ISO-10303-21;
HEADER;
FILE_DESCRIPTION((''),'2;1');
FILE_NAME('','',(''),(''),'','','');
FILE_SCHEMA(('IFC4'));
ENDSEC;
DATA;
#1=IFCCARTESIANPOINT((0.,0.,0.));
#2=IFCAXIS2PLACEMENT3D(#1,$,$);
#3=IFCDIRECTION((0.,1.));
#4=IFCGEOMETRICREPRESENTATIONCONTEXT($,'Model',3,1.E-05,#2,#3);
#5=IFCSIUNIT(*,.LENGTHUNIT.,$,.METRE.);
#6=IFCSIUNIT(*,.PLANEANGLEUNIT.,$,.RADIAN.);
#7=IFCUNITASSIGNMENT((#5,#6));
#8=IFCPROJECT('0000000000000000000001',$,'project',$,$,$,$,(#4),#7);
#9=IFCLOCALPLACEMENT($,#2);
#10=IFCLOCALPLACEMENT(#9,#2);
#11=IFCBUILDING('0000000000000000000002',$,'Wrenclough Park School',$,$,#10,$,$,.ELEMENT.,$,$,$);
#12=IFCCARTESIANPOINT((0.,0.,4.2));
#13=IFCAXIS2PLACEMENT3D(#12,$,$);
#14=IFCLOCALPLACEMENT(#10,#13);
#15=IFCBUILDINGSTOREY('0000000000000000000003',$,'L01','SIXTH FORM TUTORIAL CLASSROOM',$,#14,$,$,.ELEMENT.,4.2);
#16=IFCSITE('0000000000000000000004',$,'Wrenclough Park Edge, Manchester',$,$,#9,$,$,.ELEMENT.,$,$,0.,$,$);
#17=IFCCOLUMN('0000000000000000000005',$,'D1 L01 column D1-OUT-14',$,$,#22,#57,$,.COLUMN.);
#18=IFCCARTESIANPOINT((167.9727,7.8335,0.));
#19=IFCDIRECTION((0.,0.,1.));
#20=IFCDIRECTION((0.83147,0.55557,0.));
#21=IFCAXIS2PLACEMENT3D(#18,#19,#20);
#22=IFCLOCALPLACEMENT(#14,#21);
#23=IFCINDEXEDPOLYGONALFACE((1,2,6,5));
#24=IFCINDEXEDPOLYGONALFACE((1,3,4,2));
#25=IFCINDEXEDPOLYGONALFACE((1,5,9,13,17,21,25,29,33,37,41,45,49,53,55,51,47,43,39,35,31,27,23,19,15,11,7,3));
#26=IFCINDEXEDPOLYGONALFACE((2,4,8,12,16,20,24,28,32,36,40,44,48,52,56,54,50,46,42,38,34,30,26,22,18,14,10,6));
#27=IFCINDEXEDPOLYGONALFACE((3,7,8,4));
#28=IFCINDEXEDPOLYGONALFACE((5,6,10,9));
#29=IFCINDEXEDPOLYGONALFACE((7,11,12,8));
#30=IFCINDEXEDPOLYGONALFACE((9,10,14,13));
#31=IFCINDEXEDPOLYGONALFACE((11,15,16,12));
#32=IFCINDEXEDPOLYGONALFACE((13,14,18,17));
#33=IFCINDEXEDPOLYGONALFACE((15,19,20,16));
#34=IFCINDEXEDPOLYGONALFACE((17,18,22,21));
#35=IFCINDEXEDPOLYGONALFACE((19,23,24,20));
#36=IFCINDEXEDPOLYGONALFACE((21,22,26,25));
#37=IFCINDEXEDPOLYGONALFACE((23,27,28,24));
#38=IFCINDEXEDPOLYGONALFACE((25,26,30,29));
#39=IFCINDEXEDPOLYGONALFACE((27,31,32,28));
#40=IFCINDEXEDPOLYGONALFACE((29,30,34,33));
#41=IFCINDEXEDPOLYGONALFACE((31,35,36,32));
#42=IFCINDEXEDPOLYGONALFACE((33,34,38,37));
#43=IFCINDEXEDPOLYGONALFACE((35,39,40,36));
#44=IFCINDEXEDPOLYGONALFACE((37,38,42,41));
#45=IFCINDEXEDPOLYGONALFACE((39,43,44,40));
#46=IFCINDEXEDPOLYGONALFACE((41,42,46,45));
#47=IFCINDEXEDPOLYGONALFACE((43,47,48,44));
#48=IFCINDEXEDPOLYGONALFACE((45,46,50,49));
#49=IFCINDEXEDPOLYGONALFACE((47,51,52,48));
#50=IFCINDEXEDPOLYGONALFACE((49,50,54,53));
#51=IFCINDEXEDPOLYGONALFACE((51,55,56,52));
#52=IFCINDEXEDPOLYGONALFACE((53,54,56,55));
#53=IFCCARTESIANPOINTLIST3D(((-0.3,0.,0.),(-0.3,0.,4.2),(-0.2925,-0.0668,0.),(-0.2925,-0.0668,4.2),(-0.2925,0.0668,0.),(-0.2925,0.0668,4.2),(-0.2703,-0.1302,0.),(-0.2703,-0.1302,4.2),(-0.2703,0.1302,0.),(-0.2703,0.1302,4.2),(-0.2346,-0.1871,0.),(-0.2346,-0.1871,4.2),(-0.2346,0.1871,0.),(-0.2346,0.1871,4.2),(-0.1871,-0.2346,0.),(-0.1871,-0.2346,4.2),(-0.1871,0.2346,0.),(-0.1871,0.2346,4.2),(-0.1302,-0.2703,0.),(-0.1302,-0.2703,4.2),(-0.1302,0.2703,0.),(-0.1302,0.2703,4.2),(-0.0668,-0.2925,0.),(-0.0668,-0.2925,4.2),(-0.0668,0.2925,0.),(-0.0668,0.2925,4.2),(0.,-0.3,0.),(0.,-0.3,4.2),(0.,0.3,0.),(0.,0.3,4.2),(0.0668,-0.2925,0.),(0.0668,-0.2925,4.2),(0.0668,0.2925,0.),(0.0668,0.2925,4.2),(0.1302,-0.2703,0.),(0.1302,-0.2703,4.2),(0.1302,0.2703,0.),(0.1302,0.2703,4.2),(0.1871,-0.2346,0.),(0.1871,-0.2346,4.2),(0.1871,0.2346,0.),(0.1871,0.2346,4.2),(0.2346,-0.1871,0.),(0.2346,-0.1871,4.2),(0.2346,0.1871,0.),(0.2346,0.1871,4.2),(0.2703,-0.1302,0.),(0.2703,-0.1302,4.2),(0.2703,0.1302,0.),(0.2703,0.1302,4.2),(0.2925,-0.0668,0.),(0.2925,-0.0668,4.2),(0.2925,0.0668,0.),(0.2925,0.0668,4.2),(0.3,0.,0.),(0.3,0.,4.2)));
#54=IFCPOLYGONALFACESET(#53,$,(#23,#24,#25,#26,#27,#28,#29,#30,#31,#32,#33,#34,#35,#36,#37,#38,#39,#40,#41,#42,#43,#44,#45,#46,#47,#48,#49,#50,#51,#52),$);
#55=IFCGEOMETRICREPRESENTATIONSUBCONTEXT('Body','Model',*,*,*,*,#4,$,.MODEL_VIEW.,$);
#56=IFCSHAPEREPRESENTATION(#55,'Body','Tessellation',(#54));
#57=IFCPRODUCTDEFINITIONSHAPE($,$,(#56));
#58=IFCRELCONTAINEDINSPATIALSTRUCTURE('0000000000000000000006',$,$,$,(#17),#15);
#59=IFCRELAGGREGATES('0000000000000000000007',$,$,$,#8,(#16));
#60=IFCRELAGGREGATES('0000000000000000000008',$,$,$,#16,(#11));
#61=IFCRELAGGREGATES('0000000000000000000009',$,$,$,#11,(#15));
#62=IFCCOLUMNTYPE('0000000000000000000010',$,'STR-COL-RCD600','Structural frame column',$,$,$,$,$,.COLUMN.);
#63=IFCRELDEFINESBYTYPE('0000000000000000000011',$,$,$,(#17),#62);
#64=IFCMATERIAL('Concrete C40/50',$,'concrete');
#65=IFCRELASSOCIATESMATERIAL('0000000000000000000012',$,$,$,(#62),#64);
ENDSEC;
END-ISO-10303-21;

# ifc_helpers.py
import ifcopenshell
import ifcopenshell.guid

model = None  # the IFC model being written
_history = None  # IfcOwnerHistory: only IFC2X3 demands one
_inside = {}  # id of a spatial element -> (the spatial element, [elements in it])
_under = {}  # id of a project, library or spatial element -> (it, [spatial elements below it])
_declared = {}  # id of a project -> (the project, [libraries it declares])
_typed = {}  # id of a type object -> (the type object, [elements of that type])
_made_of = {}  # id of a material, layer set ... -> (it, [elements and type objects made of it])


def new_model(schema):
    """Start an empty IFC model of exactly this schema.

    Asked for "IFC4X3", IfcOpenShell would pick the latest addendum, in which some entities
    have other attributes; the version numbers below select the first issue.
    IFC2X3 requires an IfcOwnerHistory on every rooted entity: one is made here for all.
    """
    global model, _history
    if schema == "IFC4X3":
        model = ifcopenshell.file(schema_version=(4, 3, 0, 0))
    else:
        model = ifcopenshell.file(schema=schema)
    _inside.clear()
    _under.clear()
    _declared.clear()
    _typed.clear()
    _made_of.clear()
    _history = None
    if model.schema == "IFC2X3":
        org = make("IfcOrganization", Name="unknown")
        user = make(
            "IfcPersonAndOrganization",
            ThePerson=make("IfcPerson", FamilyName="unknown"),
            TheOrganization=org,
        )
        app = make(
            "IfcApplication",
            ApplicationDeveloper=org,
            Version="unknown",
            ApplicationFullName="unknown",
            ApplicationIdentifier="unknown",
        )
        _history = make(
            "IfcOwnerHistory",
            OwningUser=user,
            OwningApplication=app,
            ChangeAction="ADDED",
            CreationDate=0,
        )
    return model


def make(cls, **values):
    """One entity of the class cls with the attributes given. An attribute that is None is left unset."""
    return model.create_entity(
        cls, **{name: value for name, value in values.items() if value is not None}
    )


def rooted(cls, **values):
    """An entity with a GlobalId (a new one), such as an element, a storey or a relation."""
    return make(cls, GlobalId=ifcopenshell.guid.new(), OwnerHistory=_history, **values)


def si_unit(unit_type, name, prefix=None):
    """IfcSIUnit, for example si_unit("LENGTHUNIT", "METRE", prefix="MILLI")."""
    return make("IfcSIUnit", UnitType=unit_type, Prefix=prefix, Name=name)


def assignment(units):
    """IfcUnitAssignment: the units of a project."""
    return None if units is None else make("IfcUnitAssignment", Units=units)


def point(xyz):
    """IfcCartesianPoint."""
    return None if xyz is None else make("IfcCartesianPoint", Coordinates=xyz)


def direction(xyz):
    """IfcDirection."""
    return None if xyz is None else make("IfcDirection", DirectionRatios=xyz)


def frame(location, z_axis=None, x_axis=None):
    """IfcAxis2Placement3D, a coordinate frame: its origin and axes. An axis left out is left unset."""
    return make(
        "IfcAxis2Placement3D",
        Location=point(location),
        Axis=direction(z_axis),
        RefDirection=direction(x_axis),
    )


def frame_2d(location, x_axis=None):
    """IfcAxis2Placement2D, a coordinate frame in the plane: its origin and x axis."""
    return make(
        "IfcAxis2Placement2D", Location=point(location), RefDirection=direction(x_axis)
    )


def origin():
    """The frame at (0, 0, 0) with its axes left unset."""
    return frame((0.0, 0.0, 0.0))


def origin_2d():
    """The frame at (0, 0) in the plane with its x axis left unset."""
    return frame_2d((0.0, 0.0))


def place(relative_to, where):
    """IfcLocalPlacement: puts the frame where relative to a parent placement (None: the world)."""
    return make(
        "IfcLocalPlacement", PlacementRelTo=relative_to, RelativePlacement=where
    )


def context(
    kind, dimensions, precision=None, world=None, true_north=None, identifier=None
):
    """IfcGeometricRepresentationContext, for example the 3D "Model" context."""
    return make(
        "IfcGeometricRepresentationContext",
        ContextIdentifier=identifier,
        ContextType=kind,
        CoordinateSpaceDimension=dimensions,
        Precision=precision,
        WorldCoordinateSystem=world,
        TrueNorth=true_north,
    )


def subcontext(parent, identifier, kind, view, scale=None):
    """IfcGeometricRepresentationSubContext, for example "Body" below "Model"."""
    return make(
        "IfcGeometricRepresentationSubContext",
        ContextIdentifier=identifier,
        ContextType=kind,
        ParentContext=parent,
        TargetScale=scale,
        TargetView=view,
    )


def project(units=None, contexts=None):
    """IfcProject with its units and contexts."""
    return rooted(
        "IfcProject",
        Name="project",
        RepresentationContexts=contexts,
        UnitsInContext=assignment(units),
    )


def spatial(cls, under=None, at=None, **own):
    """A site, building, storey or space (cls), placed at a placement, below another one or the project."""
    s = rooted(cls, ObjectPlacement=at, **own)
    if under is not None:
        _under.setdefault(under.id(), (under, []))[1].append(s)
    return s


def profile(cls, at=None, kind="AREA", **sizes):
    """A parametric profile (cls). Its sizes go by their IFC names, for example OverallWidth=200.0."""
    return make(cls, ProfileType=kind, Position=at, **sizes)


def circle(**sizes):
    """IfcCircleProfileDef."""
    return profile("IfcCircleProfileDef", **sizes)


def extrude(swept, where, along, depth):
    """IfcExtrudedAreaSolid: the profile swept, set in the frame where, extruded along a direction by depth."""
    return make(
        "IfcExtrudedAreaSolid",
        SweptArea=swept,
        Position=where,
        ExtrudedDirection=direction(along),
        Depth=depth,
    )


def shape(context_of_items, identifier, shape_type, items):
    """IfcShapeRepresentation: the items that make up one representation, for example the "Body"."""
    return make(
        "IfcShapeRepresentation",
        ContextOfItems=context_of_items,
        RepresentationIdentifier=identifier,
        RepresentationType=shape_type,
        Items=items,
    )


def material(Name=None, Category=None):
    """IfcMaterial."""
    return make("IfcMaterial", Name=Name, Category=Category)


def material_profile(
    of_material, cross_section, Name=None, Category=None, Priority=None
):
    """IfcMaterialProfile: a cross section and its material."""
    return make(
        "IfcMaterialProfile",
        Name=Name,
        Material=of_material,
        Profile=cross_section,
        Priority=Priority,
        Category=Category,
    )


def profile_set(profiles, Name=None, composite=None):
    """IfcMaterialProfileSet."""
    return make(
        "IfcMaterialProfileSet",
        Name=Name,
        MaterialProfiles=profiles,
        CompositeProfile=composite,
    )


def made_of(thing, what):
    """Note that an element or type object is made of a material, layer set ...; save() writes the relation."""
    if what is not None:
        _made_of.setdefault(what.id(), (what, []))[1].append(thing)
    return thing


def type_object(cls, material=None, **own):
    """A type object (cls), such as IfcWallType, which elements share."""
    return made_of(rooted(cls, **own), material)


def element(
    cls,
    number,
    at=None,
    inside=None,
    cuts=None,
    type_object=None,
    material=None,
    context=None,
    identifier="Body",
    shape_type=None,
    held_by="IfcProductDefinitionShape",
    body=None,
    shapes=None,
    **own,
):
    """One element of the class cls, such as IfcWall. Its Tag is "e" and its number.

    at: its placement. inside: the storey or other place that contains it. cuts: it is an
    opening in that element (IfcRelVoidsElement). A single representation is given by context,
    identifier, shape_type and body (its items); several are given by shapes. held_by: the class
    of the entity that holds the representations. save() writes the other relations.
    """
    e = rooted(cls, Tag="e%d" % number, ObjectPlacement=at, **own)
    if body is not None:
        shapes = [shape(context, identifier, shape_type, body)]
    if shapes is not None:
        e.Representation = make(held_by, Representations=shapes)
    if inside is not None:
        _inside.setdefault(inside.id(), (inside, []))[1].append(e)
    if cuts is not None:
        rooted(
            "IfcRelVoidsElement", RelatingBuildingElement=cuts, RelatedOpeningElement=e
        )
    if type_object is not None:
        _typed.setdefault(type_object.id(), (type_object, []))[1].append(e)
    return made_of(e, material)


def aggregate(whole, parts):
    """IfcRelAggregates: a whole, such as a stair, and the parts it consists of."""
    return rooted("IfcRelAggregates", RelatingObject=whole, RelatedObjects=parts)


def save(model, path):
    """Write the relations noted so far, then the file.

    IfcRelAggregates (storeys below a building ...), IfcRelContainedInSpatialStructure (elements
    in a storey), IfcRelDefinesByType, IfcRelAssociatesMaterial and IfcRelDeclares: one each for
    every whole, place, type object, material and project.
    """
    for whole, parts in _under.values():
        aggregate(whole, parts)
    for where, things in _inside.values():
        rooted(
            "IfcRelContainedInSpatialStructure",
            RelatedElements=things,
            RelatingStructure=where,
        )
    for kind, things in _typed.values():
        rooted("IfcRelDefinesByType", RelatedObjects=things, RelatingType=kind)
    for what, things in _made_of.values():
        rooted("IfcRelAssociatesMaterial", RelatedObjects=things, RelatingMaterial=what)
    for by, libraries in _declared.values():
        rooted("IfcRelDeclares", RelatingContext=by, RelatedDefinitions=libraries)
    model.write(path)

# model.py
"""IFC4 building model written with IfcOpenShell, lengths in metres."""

from ifc_helpers import new_model, si_unit, direction, frame, origin, origin_2d, place, context, subcontext, project, spatial, circle, extrude, material, material_profile, profile_set, type_object, element, save


model = new_model("IFC4")

# Units and contexts
model_context = context("Model", 3, precision=1e-05, world=origin(), true_north=direction((0.0, 1.0)))
body_context = subcontext(model_context, "Body", "Model", "MODEL_VIEW")
ifc_project = project(units=[si_unit("LENGTHUNIT", "METRE"), si_unit("PLANEANGLEUNIT", "RADIAN")], contexts=[model_context])

# Site, building, storey
site_placement = place(None, origin())
site = spatial("IfcSite", under=ifc_project, at=site_placement, Name="Wrenclough Park Edge, Manchester", CompositionType="ELEMENT", RefElevation=0.0)
building_placement = place(site_placement, origin())
building = spatial("IfcBuilding", under=site, at=building_placement, Name="Wrenclough Park School", CompositionType="ELEMENT")
storey_placement = place(building_placement, frame((0.0, 0.0, 4.2)))
storey = spatial("IfcBuildingStorey", under=building, at=storey_placement, Name="L01", Description="SIXTH FORM TUTORIAL CLASSROOM", CompositionType="ELEMENT", Elevation=4.2)

# Column
ifc_material_1 = material(Name="Concrete C40/50", Category="concrete")
ifc_material_profile_1 = material_profile(ifc_material_1, circle(Radius=0.3, at=origin_2d()), Name="RC COL D600")
ifc_profile_set_1 = profile_set([ifc_material_profile_1], Name="Concrete C40/50")
column_type = type_object("IfcColumnType", Name="STR-COL-RCD600", Description="Structural frame column", PredefinedType="COLUMN", material=ifc_profile_set_1)
column_placement = place(storey_placement, frame((167.9727, 7.8335, 0.0), z_axis=(0.0, 0.0, 1.0), x_axis=(0.83147, 0.55557, 0.0)))
element("IfcColumn", 1, at=column_placement, inside=storey, type_object=column_type, Name="D1 L01 column D1-OUT-14", PredefinedType="COLUMN", context=body_context, shape_type="SweptSolid", body=[
    extrude(circle(Radius=0.3, at=origin_2d()), origin(), (0.0, 0.0, 1.0), 4.2),
])

save(model, "model.ifc")
